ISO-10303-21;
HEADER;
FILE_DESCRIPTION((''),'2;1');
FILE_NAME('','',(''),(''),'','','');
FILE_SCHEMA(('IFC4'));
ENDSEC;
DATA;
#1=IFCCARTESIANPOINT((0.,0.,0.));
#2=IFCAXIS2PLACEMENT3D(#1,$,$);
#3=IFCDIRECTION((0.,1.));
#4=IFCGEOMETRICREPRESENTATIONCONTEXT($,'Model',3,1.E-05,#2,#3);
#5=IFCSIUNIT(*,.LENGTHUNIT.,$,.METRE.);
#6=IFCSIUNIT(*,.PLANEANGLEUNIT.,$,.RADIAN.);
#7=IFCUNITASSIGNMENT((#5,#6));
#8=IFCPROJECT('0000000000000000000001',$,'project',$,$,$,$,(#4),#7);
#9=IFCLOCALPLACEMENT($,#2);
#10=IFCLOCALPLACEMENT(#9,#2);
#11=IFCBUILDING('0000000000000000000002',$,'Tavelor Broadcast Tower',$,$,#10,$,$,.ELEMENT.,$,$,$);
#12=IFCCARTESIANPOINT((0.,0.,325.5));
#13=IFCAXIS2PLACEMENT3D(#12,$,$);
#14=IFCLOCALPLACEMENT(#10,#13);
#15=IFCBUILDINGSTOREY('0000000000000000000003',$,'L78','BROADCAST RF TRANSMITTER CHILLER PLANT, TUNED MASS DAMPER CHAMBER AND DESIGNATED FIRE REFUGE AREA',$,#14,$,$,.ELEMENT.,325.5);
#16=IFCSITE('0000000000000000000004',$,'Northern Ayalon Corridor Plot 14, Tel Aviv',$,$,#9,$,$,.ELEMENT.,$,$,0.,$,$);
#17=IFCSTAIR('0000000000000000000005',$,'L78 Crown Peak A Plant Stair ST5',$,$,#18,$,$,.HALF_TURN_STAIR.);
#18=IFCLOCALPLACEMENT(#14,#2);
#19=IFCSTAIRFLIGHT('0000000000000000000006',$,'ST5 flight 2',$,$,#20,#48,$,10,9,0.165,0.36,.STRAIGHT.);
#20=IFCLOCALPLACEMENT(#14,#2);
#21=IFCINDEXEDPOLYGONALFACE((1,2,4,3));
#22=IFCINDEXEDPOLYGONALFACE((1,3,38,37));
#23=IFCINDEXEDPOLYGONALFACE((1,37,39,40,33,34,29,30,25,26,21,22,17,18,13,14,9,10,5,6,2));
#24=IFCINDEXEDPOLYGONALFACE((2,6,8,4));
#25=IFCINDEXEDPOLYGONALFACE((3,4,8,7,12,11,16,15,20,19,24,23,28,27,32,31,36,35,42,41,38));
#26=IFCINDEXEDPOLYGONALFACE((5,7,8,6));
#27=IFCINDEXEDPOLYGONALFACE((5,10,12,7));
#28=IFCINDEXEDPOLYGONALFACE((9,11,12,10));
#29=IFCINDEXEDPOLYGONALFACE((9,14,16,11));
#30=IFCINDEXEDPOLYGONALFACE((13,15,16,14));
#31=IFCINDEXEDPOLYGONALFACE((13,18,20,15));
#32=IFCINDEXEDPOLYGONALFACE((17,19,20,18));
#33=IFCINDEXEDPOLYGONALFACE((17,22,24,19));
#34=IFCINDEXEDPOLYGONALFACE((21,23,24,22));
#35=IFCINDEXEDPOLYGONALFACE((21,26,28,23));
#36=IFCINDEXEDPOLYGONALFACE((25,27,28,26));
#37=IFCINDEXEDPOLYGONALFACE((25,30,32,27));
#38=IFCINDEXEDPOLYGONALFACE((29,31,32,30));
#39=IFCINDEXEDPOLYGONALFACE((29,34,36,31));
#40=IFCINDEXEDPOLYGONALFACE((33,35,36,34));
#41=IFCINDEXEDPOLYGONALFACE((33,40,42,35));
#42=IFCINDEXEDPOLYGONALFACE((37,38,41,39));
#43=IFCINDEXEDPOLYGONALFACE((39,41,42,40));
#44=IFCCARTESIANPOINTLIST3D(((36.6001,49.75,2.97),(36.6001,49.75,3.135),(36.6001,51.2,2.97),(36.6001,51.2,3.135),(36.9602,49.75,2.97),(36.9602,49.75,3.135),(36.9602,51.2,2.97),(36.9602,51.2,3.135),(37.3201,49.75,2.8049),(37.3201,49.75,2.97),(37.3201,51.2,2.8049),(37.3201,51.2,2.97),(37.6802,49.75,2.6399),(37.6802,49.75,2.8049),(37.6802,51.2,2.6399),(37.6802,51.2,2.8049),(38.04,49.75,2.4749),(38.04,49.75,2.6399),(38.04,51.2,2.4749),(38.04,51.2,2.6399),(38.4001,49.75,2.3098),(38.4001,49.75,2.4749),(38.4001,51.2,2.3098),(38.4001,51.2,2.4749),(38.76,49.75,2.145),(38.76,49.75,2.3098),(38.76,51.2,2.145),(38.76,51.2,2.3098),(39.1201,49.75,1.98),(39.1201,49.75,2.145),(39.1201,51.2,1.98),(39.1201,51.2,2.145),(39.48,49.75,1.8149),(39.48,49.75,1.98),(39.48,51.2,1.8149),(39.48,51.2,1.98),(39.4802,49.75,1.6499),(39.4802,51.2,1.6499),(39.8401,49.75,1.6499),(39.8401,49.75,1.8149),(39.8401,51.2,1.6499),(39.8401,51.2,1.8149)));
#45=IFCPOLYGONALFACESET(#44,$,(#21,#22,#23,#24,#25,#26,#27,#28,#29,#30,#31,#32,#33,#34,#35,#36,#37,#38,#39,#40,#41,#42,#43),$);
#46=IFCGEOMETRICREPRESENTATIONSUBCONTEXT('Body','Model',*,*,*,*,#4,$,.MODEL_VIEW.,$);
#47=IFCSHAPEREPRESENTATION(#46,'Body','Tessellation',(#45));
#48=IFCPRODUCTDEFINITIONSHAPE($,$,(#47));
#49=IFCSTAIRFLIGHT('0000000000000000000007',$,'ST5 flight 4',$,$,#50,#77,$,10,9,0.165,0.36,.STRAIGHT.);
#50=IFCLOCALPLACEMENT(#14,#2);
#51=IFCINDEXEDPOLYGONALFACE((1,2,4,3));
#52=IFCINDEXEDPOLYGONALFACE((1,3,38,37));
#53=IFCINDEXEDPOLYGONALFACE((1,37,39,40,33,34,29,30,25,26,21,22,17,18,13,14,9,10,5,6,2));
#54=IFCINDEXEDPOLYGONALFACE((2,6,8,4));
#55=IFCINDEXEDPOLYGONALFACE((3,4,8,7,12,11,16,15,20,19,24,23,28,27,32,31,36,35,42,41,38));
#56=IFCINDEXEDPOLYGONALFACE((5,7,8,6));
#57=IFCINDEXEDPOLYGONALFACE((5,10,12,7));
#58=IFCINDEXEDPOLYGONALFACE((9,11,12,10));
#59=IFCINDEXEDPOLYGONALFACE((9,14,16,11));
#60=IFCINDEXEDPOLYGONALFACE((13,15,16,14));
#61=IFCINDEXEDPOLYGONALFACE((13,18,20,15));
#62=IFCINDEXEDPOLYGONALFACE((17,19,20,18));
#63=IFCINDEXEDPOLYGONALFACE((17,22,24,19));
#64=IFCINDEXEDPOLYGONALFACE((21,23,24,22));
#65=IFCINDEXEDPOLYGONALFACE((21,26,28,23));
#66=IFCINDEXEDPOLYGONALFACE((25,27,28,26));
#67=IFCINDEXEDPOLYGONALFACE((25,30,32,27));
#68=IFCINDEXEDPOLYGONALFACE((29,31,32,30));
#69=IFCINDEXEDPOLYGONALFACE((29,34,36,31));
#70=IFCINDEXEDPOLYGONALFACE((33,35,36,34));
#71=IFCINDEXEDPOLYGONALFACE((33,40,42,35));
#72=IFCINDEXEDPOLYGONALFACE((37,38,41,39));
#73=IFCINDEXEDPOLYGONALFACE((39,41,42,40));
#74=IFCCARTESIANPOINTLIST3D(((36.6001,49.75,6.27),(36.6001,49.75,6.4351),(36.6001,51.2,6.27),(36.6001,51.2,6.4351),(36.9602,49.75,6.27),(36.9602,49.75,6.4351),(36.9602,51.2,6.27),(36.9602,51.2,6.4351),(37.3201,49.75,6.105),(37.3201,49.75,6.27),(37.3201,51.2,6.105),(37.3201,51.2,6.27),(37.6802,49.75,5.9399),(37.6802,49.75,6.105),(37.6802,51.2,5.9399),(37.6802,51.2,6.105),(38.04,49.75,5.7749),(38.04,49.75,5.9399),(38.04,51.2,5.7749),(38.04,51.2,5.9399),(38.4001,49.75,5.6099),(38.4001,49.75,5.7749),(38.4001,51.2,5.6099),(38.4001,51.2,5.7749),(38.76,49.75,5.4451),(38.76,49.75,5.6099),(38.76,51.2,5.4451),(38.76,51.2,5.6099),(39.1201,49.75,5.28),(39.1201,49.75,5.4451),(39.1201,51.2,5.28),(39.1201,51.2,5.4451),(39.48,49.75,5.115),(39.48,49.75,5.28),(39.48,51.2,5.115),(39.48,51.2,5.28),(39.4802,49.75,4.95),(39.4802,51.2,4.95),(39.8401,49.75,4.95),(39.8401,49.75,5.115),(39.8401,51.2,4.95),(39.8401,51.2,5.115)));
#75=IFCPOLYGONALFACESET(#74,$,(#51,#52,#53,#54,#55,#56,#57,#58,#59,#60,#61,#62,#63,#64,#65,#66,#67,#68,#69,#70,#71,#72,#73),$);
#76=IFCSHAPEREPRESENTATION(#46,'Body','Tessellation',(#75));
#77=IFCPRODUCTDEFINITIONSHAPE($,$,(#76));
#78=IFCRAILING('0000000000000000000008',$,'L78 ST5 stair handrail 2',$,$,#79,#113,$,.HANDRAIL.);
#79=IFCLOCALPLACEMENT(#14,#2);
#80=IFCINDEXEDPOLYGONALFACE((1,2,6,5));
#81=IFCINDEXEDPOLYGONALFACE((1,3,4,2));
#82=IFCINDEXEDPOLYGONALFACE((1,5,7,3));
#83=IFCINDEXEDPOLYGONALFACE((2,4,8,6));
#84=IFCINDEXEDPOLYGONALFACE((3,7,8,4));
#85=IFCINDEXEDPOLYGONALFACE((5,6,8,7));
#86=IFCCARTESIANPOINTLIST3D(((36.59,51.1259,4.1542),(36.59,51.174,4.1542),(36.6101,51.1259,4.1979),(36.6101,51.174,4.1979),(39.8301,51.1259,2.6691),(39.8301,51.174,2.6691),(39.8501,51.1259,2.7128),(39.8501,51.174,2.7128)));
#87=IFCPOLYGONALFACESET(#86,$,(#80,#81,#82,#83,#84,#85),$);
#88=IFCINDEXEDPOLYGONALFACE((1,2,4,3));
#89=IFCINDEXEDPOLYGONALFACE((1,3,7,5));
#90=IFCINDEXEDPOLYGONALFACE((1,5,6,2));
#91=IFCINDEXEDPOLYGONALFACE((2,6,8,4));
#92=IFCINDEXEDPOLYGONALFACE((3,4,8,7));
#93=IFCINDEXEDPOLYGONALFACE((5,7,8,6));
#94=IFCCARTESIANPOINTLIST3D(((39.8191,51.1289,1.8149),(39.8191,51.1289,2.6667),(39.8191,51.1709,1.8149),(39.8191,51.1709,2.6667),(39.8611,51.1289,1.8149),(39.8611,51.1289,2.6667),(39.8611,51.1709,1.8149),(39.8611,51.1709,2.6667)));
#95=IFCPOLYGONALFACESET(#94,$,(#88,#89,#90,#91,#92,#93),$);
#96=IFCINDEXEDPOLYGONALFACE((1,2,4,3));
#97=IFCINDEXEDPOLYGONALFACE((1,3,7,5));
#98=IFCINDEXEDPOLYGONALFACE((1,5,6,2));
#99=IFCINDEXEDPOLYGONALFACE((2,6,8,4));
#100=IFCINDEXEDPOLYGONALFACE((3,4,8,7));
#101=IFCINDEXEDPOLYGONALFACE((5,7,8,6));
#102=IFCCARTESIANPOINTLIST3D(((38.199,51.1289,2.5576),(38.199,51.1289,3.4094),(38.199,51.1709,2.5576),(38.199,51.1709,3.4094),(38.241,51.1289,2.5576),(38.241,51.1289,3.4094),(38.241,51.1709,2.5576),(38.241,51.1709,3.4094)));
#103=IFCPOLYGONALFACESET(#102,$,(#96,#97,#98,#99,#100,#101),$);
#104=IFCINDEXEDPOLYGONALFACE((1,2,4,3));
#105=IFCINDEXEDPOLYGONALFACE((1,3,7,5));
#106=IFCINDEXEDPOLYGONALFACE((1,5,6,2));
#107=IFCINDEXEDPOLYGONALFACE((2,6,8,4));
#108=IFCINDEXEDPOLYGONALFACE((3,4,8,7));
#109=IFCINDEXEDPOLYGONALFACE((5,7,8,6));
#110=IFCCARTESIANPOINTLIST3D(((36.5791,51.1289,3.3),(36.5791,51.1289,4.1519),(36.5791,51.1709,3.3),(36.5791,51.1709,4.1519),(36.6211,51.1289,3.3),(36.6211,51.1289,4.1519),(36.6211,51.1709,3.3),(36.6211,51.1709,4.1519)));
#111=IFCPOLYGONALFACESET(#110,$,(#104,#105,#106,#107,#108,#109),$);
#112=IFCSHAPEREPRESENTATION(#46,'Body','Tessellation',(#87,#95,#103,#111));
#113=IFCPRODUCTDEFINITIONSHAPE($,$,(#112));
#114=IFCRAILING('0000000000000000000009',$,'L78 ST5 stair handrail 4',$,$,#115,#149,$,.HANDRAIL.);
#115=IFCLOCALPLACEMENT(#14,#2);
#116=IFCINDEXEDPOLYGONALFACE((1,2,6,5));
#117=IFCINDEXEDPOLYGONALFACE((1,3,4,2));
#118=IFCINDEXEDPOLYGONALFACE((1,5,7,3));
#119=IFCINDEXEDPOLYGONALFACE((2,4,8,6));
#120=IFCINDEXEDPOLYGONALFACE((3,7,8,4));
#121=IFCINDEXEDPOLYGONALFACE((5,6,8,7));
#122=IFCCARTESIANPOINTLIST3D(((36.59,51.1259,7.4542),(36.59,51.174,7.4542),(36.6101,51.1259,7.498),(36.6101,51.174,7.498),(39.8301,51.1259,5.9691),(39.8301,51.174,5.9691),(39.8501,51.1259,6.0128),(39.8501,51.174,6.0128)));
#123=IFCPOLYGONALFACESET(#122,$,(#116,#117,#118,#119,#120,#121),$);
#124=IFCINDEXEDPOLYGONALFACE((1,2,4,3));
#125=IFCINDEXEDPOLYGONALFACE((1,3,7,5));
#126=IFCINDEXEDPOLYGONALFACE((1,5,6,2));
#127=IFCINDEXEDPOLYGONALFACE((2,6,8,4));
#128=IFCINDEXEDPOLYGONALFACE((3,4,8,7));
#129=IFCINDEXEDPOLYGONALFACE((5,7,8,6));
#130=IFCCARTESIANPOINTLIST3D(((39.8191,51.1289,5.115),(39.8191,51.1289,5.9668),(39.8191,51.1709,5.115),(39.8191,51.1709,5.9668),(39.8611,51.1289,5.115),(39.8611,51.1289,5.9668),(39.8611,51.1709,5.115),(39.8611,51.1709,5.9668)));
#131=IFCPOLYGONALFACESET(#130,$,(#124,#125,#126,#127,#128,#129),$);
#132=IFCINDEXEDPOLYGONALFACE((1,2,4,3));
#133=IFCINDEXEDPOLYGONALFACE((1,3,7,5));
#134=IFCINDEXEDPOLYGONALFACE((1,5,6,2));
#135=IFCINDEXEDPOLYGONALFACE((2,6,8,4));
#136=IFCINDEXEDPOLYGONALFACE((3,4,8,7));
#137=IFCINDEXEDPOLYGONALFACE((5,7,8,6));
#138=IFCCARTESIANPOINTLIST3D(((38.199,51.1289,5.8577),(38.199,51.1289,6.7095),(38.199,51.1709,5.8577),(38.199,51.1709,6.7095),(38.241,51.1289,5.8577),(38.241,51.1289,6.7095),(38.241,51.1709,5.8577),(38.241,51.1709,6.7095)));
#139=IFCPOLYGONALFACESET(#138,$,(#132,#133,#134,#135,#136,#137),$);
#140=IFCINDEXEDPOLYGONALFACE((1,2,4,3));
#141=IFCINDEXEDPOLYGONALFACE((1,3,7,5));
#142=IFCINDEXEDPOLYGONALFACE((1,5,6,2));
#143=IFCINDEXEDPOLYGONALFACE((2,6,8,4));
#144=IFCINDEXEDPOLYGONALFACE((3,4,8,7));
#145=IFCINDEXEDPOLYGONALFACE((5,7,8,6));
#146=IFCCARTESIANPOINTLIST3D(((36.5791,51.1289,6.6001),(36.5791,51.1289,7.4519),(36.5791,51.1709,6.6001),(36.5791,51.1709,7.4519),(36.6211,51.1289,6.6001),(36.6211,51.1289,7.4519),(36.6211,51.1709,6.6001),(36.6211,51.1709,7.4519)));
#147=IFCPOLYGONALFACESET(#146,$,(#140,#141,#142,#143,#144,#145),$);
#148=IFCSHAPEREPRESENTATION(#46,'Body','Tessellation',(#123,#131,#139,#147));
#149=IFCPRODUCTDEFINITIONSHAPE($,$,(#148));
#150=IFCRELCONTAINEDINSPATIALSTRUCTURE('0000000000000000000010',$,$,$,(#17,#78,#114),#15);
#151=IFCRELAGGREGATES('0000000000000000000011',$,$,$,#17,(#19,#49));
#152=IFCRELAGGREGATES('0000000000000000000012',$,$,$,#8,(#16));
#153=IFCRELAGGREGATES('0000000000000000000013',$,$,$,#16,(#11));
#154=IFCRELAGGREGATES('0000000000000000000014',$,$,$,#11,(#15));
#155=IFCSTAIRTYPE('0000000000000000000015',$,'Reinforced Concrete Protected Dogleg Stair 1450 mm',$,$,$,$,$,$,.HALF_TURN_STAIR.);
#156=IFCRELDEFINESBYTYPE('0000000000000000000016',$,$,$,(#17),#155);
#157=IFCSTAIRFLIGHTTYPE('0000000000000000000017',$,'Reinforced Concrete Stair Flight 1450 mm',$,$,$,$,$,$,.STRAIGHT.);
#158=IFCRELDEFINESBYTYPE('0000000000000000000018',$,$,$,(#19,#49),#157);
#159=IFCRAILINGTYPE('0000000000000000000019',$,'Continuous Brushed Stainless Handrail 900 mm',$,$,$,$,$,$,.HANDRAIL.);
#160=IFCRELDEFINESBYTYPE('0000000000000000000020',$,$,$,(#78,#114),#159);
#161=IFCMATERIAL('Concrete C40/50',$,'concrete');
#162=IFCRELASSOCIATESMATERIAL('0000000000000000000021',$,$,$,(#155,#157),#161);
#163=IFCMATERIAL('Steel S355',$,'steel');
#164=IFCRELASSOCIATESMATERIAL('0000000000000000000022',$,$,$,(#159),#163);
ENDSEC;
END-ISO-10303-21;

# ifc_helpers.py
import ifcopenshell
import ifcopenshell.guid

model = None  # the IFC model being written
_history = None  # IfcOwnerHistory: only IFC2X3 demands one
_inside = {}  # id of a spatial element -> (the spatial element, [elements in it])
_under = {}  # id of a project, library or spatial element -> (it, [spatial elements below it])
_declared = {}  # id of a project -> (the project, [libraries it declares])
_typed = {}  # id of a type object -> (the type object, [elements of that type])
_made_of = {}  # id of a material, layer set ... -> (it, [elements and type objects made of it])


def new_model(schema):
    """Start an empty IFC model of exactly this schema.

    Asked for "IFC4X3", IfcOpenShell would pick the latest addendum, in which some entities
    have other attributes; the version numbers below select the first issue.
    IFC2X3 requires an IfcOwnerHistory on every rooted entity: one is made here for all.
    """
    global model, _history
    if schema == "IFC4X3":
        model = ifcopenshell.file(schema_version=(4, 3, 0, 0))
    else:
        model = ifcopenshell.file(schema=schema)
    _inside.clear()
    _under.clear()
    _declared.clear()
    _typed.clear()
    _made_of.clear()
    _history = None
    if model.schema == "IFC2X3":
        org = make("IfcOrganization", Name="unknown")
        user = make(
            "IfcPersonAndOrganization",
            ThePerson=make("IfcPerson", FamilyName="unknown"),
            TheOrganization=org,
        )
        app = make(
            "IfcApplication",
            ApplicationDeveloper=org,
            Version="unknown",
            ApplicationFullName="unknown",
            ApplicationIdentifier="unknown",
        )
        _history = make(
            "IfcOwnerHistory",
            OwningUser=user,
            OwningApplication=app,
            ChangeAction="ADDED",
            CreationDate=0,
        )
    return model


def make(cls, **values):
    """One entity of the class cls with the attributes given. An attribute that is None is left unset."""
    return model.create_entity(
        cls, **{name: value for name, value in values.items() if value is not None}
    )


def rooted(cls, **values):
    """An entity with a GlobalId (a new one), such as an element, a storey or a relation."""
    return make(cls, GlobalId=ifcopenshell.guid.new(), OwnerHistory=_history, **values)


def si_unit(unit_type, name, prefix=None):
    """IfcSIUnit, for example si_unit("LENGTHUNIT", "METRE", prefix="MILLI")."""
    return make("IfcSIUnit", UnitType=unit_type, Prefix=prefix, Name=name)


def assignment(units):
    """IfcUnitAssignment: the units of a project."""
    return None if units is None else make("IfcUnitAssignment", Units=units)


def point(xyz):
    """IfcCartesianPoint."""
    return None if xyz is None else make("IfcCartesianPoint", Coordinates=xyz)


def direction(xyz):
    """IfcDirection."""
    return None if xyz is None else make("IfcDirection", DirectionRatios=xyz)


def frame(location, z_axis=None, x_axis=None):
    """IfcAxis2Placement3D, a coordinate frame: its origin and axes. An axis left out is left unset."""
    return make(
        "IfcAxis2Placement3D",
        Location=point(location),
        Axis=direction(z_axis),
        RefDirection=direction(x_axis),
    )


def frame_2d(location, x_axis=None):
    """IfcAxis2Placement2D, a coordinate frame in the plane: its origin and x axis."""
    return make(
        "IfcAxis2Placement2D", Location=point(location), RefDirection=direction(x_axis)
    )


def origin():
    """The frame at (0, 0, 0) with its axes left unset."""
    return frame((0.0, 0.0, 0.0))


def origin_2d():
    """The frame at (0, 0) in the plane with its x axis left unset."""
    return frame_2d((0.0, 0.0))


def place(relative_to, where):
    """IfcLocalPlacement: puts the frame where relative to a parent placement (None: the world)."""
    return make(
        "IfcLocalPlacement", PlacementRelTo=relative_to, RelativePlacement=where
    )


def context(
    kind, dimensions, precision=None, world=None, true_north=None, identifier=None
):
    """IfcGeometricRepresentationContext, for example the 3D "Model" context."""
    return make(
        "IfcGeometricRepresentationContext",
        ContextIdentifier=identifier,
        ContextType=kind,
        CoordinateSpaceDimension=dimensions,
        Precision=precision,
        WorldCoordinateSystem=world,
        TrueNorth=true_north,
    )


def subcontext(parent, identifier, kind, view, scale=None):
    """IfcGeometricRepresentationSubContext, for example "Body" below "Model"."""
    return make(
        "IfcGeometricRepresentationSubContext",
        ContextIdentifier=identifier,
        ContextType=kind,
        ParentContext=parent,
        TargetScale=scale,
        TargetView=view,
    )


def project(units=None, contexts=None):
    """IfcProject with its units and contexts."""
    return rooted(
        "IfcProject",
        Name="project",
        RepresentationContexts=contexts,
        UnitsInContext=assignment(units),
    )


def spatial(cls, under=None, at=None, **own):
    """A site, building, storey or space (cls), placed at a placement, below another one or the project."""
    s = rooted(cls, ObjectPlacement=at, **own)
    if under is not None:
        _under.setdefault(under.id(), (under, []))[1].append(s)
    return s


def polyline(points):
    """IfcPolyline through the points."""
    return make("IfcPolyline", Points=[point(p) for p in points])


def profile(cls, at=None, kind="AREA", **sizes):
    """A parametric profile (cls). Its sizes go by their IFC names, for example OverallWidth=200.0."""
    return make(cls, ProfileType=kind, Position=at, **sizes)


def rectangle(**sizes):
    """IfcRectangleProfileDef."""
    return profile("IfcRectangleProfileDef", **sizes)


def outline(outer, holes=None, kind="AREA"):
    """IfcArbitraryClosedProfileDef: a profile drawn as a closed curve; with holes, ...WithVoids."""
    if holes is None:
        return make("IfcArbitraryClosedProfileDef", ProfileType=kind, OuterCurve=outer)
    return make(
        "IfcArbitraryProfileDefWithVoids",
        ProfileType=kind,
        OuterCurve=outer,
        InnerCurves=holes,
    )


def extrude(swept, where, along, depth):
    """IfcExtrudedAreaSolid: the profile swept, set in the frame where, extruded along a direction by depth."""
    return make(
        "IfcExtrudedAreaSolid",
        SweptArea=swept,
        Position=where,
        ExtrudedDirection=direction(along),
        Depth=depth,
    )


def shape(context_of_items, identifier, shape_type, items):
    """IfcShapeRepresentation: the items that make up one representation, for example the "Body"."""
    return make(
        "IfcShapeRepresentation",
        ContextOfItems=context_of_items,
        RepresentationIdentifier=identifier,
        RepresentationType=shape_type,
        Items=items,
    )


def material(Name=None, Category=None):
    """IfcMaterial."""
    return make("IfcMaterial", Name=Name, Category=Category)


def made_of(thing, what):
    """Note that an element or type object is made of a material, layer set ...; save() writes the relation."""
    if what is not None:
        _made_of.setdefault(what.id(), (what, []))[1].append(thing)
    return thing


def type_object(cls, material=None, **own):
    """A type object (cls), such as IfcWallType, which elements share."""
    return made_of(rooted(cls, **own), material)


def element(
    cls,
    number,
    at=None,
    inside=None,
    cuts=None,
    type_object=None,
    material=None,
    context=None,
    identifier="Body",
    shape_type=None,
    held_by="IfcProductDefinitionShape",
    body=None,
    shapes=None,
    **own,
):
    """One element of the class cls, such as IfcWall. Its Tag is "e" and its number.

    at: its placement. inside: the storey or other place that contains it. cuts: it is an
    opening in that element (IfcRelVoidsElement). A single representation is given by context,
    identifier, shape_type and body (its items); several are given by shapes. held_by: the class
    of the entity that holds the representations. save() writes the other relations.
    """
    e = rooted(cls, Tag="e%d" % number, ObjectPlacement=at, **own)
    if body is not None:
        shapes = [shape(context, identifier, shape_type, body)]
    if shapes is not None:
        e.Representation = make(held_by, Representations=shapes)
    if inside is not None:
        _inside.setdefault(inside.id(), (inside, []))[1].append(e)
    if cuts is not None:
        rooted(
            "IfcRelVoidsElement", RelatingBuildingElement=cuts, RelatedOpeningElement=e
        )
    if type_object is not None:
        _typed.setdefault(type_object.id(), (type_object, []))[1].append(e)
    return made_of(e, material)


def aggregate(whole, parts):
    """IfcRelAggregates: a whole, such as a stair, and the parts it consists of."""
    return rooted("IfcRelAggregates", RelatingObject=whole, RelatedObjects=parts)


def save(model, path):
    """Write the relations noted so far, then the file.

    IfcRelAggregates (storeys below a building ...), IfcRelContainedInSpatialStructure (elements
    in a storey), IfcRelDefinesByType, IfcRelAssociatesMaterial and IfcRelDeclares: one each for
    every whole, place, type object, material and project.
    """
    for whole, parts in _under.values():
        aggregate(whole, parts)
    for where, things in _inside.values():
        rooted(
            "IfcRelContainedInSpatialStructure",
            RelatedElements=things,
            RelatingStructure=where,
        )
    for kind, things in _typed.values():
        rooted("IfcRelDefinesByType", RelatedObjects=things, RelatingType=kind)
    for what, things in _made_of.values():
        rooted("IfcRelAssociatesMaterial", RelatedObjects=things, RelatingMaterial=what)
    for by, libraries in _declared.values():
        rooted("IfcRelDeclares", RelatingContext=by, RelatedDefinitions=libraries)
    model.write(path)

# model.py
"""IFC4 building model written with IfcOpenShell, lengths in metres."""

from ifc_helpers import new_model, si_unit, direction, frame, origin, origin_2d, place, context, subcontext, project, spatial, polyline, rectangle, outline, extrude, material, type_object, element, aggregate, save


model = new_model("IFC4")

# Units and contexts
model_context = context("Model", 3, precision=1e-05, world=origin(), true_north=direction((0.0, 1.0)))
body_context = subcontext(model_context, "Body", "Model", "MODEL_VIEW")
ifc_project = project(units=[si_unit("LENGTHUNIT", "METRE"), si_unit("PLANEANGLEUNIT", "RADIAN")], contexts=[model_context])

# Site, building, storey
site_placement = place(None, origin())
site = spatial("IfcSite", under=ifc_project, at=site_placement, Name="Northern Ayalon Corridor Plot 14, Tel Aviv", CompositionType="ELEMENT", RefElevation=0.0)
building_placement = place(site_placement, origin())
building = spatial("IfcBuilding", under=site, at=building_placement, Name="Tavelor Broadcast Tower", CompositionType="ELEMENT")
storey_placement = place(building_placement, frame((0.0, 0.0, 325.5)))
storey = spatial("IfcBuildingStorey", under=building, at=storey_placement, Name="L78", Description="BROADCAST RF TRANSMITTER CHILLER PLANT, TUNED MASS DAMPER CHAMBER AND DESIGNATED FIRE REFUGE AREA", CompositionType="ELEMENT", Elevation=325.5)

# Shared definitions
ifc_material_1 = material(Name="Steel S355", Category="steel")

# Stair, stair flights
ifc_material_2 = material(Name="Concrete C40/50", Category="concrete")
stair_type = type_object("IfcStairType", Name="Reinforced Concrete Protected Dogleg Stair 1450 mm", PredefinedType="HALF_TURN_STAIR", material=ifc_material_2)
stair_placement = place(storey_placement, origin())
stair = element("IfcStair", 1, at=stair_placement, inside=storey, type_object=stair_type, Name="L78 Crown Peak A Plant Stair ST5", PredefinedType="HALF_TURN_STAIR")
stair_flight_type = type_object("IfcStairFlightType", Name="Reinforced Concrete Stair Flight 1450 mm", PredefinedType="STRAIGHT", material=ifc_material_2)
stair_flight_1_placement = place(storey_placement, frame((39.8401, 50.4751, 1.6499), z_axis=(0.0, 0.0, 1.0), x_axis=(-1.0, 0.0, 0.0)))
stair_flight_1 = element("IfcStairFlight", 2, at=stair_flight_1_placement, type_object=stair_flight_type, Name="ST5 flight 2", NumberOfRisers=10, NumberOfTreads=9, PredefinedType="STRAIGHT", RiserHeight=0.165, TreadLength=0.36, context=body_context, shape_type="SweptSolid", body=[
    extrude(outline(polyline([(0.0, 0.0), (0.0, 0.165), (0.3601, 0.165), (0.3601, 0.3301), (0.72, 0.3301), (0.72, 0.4951), (1.0801, 0.4951), (1.0801, 0.6599), (1.4399, 0.6599), (1.4399, 0.825), (1.8, 0.825), (1.8, 0.99), (2.1599, 0.99), (2.1599, 1.155), (2.52, 1.155), (2.52, 1.3201), (2.8799, 1.3201), (2.8799, 1.4851), (3.24, 1.4851), (3.24, 1.6499), (3.24, 1.3201), (0.3599, 0.0), (0.0, 0.0)])), frame((0.0, 0.7251, 0.0), z_axis=(0.0, -1.0, 0.0), x_axis=(1.0, 0.0, 0.0)), (0.0, 0.0, 1.0), 1.45),
])
stair_flight_2_placement = place(storey_placement, frame((39.8401, 50.4751, 4.95), z_axis=(0.0, 0.0, 1.0), x_axis=(-1.0, 0.0, 0.0)))
stair_flight_2 = element("IfcStairFlight", 3, at=stair_flight_2_placement, type_object=stair_flight_type, Name="ST5 flight 4", NumberOfRisers=10, NumberOfTreads=9, PredefinedType="STRAIGHT", RiserHeight=0.165, TreadLength=0.36, context=body_context, shape_type="SweptSolid", body=[
    extrude(outline(polyline([(0.0, 0.0), (0.0, 0.165), (0.3601, 0.165), (0.3601, 0.3301), (0.72, 0.3301), (0.72, 0.4951), (1.0801, 0.4951), (1.0801, 0.6599), (1.4399, 0.6599), (1.4399, 0.825), (1.8, 0.825), (1.8, 0.99), (2.1599, 0.99), (2.1599, 1.155), (2.52, 1.155), (2.52, 1.3201), (2.8799, 1.3201), (2.8799, 1.4851), (3.24, 1.4851), (3.24, 1.6499), (3.24, 1.3201), (0.3599, 0.0), (0.0, 0.0)])), frame((0.0, 0.7251, 0.0), z_axis=(0.0, -1.0, 0.0), x_axis=(1.0, 0.0, 0.0)), (0.0, 0.0, 1.0), 1.45),
])
aggregate(stair, [stair_flight_1, stair_flight_2])

# Railings
railing_type = type_object("IfcRailingType", Name="Continuous Brushed Stainless Handrail 900 mm", PredefinedType="HANDRAIL", material=ifc_material_1)
for number, where, name in (
    (4, (39.8401, 51.1499, 1.8149), "L78 ST5 stair handrail 2"),
    (5, (39.8401, 51.1499, 5.115), "L78 ST5 stair handrail 4"),
):
    element("IfcRailing", number, at=place(storey_placement, frame(where)), inside=storey, type_object=railing_type, Name=name, PredefinedType="HANDRAIL", context=body_context, shape_type="SweptSolid", body=[
        extrude(rectangle(XDim=0.0481, YDim=0.0481, at=origin_2d()), frame((0.0, 0.0, 0.876), z_axis=(-0.909053, 0.0, 0.416681), x_axis=(0.0, -1.0, 0.0)), (0.0, 0.0, 1.0), 3.5642),
        extrude(rectangle(XDim=0.042, YDim=0.042, at=origin_2d()), origin(), (0.0, 0.0, 1.0), 0.8518),
        extrude(rectangle(XDim=0.042, YDim=0.042, at=origin_2d()), frame((-1.6201, 0.0, 0.7427)), (0.0, 0.0, 1.0), 0.8518),
        extrude(rectangle(XDim=0.042, YDim=0.042, at=origin_2d()), frame((-3.24, 0.0, 1.4851)), (0.0, 0.0, 1.0), 0.8518),
    ])

save(model, "model.ifc")
